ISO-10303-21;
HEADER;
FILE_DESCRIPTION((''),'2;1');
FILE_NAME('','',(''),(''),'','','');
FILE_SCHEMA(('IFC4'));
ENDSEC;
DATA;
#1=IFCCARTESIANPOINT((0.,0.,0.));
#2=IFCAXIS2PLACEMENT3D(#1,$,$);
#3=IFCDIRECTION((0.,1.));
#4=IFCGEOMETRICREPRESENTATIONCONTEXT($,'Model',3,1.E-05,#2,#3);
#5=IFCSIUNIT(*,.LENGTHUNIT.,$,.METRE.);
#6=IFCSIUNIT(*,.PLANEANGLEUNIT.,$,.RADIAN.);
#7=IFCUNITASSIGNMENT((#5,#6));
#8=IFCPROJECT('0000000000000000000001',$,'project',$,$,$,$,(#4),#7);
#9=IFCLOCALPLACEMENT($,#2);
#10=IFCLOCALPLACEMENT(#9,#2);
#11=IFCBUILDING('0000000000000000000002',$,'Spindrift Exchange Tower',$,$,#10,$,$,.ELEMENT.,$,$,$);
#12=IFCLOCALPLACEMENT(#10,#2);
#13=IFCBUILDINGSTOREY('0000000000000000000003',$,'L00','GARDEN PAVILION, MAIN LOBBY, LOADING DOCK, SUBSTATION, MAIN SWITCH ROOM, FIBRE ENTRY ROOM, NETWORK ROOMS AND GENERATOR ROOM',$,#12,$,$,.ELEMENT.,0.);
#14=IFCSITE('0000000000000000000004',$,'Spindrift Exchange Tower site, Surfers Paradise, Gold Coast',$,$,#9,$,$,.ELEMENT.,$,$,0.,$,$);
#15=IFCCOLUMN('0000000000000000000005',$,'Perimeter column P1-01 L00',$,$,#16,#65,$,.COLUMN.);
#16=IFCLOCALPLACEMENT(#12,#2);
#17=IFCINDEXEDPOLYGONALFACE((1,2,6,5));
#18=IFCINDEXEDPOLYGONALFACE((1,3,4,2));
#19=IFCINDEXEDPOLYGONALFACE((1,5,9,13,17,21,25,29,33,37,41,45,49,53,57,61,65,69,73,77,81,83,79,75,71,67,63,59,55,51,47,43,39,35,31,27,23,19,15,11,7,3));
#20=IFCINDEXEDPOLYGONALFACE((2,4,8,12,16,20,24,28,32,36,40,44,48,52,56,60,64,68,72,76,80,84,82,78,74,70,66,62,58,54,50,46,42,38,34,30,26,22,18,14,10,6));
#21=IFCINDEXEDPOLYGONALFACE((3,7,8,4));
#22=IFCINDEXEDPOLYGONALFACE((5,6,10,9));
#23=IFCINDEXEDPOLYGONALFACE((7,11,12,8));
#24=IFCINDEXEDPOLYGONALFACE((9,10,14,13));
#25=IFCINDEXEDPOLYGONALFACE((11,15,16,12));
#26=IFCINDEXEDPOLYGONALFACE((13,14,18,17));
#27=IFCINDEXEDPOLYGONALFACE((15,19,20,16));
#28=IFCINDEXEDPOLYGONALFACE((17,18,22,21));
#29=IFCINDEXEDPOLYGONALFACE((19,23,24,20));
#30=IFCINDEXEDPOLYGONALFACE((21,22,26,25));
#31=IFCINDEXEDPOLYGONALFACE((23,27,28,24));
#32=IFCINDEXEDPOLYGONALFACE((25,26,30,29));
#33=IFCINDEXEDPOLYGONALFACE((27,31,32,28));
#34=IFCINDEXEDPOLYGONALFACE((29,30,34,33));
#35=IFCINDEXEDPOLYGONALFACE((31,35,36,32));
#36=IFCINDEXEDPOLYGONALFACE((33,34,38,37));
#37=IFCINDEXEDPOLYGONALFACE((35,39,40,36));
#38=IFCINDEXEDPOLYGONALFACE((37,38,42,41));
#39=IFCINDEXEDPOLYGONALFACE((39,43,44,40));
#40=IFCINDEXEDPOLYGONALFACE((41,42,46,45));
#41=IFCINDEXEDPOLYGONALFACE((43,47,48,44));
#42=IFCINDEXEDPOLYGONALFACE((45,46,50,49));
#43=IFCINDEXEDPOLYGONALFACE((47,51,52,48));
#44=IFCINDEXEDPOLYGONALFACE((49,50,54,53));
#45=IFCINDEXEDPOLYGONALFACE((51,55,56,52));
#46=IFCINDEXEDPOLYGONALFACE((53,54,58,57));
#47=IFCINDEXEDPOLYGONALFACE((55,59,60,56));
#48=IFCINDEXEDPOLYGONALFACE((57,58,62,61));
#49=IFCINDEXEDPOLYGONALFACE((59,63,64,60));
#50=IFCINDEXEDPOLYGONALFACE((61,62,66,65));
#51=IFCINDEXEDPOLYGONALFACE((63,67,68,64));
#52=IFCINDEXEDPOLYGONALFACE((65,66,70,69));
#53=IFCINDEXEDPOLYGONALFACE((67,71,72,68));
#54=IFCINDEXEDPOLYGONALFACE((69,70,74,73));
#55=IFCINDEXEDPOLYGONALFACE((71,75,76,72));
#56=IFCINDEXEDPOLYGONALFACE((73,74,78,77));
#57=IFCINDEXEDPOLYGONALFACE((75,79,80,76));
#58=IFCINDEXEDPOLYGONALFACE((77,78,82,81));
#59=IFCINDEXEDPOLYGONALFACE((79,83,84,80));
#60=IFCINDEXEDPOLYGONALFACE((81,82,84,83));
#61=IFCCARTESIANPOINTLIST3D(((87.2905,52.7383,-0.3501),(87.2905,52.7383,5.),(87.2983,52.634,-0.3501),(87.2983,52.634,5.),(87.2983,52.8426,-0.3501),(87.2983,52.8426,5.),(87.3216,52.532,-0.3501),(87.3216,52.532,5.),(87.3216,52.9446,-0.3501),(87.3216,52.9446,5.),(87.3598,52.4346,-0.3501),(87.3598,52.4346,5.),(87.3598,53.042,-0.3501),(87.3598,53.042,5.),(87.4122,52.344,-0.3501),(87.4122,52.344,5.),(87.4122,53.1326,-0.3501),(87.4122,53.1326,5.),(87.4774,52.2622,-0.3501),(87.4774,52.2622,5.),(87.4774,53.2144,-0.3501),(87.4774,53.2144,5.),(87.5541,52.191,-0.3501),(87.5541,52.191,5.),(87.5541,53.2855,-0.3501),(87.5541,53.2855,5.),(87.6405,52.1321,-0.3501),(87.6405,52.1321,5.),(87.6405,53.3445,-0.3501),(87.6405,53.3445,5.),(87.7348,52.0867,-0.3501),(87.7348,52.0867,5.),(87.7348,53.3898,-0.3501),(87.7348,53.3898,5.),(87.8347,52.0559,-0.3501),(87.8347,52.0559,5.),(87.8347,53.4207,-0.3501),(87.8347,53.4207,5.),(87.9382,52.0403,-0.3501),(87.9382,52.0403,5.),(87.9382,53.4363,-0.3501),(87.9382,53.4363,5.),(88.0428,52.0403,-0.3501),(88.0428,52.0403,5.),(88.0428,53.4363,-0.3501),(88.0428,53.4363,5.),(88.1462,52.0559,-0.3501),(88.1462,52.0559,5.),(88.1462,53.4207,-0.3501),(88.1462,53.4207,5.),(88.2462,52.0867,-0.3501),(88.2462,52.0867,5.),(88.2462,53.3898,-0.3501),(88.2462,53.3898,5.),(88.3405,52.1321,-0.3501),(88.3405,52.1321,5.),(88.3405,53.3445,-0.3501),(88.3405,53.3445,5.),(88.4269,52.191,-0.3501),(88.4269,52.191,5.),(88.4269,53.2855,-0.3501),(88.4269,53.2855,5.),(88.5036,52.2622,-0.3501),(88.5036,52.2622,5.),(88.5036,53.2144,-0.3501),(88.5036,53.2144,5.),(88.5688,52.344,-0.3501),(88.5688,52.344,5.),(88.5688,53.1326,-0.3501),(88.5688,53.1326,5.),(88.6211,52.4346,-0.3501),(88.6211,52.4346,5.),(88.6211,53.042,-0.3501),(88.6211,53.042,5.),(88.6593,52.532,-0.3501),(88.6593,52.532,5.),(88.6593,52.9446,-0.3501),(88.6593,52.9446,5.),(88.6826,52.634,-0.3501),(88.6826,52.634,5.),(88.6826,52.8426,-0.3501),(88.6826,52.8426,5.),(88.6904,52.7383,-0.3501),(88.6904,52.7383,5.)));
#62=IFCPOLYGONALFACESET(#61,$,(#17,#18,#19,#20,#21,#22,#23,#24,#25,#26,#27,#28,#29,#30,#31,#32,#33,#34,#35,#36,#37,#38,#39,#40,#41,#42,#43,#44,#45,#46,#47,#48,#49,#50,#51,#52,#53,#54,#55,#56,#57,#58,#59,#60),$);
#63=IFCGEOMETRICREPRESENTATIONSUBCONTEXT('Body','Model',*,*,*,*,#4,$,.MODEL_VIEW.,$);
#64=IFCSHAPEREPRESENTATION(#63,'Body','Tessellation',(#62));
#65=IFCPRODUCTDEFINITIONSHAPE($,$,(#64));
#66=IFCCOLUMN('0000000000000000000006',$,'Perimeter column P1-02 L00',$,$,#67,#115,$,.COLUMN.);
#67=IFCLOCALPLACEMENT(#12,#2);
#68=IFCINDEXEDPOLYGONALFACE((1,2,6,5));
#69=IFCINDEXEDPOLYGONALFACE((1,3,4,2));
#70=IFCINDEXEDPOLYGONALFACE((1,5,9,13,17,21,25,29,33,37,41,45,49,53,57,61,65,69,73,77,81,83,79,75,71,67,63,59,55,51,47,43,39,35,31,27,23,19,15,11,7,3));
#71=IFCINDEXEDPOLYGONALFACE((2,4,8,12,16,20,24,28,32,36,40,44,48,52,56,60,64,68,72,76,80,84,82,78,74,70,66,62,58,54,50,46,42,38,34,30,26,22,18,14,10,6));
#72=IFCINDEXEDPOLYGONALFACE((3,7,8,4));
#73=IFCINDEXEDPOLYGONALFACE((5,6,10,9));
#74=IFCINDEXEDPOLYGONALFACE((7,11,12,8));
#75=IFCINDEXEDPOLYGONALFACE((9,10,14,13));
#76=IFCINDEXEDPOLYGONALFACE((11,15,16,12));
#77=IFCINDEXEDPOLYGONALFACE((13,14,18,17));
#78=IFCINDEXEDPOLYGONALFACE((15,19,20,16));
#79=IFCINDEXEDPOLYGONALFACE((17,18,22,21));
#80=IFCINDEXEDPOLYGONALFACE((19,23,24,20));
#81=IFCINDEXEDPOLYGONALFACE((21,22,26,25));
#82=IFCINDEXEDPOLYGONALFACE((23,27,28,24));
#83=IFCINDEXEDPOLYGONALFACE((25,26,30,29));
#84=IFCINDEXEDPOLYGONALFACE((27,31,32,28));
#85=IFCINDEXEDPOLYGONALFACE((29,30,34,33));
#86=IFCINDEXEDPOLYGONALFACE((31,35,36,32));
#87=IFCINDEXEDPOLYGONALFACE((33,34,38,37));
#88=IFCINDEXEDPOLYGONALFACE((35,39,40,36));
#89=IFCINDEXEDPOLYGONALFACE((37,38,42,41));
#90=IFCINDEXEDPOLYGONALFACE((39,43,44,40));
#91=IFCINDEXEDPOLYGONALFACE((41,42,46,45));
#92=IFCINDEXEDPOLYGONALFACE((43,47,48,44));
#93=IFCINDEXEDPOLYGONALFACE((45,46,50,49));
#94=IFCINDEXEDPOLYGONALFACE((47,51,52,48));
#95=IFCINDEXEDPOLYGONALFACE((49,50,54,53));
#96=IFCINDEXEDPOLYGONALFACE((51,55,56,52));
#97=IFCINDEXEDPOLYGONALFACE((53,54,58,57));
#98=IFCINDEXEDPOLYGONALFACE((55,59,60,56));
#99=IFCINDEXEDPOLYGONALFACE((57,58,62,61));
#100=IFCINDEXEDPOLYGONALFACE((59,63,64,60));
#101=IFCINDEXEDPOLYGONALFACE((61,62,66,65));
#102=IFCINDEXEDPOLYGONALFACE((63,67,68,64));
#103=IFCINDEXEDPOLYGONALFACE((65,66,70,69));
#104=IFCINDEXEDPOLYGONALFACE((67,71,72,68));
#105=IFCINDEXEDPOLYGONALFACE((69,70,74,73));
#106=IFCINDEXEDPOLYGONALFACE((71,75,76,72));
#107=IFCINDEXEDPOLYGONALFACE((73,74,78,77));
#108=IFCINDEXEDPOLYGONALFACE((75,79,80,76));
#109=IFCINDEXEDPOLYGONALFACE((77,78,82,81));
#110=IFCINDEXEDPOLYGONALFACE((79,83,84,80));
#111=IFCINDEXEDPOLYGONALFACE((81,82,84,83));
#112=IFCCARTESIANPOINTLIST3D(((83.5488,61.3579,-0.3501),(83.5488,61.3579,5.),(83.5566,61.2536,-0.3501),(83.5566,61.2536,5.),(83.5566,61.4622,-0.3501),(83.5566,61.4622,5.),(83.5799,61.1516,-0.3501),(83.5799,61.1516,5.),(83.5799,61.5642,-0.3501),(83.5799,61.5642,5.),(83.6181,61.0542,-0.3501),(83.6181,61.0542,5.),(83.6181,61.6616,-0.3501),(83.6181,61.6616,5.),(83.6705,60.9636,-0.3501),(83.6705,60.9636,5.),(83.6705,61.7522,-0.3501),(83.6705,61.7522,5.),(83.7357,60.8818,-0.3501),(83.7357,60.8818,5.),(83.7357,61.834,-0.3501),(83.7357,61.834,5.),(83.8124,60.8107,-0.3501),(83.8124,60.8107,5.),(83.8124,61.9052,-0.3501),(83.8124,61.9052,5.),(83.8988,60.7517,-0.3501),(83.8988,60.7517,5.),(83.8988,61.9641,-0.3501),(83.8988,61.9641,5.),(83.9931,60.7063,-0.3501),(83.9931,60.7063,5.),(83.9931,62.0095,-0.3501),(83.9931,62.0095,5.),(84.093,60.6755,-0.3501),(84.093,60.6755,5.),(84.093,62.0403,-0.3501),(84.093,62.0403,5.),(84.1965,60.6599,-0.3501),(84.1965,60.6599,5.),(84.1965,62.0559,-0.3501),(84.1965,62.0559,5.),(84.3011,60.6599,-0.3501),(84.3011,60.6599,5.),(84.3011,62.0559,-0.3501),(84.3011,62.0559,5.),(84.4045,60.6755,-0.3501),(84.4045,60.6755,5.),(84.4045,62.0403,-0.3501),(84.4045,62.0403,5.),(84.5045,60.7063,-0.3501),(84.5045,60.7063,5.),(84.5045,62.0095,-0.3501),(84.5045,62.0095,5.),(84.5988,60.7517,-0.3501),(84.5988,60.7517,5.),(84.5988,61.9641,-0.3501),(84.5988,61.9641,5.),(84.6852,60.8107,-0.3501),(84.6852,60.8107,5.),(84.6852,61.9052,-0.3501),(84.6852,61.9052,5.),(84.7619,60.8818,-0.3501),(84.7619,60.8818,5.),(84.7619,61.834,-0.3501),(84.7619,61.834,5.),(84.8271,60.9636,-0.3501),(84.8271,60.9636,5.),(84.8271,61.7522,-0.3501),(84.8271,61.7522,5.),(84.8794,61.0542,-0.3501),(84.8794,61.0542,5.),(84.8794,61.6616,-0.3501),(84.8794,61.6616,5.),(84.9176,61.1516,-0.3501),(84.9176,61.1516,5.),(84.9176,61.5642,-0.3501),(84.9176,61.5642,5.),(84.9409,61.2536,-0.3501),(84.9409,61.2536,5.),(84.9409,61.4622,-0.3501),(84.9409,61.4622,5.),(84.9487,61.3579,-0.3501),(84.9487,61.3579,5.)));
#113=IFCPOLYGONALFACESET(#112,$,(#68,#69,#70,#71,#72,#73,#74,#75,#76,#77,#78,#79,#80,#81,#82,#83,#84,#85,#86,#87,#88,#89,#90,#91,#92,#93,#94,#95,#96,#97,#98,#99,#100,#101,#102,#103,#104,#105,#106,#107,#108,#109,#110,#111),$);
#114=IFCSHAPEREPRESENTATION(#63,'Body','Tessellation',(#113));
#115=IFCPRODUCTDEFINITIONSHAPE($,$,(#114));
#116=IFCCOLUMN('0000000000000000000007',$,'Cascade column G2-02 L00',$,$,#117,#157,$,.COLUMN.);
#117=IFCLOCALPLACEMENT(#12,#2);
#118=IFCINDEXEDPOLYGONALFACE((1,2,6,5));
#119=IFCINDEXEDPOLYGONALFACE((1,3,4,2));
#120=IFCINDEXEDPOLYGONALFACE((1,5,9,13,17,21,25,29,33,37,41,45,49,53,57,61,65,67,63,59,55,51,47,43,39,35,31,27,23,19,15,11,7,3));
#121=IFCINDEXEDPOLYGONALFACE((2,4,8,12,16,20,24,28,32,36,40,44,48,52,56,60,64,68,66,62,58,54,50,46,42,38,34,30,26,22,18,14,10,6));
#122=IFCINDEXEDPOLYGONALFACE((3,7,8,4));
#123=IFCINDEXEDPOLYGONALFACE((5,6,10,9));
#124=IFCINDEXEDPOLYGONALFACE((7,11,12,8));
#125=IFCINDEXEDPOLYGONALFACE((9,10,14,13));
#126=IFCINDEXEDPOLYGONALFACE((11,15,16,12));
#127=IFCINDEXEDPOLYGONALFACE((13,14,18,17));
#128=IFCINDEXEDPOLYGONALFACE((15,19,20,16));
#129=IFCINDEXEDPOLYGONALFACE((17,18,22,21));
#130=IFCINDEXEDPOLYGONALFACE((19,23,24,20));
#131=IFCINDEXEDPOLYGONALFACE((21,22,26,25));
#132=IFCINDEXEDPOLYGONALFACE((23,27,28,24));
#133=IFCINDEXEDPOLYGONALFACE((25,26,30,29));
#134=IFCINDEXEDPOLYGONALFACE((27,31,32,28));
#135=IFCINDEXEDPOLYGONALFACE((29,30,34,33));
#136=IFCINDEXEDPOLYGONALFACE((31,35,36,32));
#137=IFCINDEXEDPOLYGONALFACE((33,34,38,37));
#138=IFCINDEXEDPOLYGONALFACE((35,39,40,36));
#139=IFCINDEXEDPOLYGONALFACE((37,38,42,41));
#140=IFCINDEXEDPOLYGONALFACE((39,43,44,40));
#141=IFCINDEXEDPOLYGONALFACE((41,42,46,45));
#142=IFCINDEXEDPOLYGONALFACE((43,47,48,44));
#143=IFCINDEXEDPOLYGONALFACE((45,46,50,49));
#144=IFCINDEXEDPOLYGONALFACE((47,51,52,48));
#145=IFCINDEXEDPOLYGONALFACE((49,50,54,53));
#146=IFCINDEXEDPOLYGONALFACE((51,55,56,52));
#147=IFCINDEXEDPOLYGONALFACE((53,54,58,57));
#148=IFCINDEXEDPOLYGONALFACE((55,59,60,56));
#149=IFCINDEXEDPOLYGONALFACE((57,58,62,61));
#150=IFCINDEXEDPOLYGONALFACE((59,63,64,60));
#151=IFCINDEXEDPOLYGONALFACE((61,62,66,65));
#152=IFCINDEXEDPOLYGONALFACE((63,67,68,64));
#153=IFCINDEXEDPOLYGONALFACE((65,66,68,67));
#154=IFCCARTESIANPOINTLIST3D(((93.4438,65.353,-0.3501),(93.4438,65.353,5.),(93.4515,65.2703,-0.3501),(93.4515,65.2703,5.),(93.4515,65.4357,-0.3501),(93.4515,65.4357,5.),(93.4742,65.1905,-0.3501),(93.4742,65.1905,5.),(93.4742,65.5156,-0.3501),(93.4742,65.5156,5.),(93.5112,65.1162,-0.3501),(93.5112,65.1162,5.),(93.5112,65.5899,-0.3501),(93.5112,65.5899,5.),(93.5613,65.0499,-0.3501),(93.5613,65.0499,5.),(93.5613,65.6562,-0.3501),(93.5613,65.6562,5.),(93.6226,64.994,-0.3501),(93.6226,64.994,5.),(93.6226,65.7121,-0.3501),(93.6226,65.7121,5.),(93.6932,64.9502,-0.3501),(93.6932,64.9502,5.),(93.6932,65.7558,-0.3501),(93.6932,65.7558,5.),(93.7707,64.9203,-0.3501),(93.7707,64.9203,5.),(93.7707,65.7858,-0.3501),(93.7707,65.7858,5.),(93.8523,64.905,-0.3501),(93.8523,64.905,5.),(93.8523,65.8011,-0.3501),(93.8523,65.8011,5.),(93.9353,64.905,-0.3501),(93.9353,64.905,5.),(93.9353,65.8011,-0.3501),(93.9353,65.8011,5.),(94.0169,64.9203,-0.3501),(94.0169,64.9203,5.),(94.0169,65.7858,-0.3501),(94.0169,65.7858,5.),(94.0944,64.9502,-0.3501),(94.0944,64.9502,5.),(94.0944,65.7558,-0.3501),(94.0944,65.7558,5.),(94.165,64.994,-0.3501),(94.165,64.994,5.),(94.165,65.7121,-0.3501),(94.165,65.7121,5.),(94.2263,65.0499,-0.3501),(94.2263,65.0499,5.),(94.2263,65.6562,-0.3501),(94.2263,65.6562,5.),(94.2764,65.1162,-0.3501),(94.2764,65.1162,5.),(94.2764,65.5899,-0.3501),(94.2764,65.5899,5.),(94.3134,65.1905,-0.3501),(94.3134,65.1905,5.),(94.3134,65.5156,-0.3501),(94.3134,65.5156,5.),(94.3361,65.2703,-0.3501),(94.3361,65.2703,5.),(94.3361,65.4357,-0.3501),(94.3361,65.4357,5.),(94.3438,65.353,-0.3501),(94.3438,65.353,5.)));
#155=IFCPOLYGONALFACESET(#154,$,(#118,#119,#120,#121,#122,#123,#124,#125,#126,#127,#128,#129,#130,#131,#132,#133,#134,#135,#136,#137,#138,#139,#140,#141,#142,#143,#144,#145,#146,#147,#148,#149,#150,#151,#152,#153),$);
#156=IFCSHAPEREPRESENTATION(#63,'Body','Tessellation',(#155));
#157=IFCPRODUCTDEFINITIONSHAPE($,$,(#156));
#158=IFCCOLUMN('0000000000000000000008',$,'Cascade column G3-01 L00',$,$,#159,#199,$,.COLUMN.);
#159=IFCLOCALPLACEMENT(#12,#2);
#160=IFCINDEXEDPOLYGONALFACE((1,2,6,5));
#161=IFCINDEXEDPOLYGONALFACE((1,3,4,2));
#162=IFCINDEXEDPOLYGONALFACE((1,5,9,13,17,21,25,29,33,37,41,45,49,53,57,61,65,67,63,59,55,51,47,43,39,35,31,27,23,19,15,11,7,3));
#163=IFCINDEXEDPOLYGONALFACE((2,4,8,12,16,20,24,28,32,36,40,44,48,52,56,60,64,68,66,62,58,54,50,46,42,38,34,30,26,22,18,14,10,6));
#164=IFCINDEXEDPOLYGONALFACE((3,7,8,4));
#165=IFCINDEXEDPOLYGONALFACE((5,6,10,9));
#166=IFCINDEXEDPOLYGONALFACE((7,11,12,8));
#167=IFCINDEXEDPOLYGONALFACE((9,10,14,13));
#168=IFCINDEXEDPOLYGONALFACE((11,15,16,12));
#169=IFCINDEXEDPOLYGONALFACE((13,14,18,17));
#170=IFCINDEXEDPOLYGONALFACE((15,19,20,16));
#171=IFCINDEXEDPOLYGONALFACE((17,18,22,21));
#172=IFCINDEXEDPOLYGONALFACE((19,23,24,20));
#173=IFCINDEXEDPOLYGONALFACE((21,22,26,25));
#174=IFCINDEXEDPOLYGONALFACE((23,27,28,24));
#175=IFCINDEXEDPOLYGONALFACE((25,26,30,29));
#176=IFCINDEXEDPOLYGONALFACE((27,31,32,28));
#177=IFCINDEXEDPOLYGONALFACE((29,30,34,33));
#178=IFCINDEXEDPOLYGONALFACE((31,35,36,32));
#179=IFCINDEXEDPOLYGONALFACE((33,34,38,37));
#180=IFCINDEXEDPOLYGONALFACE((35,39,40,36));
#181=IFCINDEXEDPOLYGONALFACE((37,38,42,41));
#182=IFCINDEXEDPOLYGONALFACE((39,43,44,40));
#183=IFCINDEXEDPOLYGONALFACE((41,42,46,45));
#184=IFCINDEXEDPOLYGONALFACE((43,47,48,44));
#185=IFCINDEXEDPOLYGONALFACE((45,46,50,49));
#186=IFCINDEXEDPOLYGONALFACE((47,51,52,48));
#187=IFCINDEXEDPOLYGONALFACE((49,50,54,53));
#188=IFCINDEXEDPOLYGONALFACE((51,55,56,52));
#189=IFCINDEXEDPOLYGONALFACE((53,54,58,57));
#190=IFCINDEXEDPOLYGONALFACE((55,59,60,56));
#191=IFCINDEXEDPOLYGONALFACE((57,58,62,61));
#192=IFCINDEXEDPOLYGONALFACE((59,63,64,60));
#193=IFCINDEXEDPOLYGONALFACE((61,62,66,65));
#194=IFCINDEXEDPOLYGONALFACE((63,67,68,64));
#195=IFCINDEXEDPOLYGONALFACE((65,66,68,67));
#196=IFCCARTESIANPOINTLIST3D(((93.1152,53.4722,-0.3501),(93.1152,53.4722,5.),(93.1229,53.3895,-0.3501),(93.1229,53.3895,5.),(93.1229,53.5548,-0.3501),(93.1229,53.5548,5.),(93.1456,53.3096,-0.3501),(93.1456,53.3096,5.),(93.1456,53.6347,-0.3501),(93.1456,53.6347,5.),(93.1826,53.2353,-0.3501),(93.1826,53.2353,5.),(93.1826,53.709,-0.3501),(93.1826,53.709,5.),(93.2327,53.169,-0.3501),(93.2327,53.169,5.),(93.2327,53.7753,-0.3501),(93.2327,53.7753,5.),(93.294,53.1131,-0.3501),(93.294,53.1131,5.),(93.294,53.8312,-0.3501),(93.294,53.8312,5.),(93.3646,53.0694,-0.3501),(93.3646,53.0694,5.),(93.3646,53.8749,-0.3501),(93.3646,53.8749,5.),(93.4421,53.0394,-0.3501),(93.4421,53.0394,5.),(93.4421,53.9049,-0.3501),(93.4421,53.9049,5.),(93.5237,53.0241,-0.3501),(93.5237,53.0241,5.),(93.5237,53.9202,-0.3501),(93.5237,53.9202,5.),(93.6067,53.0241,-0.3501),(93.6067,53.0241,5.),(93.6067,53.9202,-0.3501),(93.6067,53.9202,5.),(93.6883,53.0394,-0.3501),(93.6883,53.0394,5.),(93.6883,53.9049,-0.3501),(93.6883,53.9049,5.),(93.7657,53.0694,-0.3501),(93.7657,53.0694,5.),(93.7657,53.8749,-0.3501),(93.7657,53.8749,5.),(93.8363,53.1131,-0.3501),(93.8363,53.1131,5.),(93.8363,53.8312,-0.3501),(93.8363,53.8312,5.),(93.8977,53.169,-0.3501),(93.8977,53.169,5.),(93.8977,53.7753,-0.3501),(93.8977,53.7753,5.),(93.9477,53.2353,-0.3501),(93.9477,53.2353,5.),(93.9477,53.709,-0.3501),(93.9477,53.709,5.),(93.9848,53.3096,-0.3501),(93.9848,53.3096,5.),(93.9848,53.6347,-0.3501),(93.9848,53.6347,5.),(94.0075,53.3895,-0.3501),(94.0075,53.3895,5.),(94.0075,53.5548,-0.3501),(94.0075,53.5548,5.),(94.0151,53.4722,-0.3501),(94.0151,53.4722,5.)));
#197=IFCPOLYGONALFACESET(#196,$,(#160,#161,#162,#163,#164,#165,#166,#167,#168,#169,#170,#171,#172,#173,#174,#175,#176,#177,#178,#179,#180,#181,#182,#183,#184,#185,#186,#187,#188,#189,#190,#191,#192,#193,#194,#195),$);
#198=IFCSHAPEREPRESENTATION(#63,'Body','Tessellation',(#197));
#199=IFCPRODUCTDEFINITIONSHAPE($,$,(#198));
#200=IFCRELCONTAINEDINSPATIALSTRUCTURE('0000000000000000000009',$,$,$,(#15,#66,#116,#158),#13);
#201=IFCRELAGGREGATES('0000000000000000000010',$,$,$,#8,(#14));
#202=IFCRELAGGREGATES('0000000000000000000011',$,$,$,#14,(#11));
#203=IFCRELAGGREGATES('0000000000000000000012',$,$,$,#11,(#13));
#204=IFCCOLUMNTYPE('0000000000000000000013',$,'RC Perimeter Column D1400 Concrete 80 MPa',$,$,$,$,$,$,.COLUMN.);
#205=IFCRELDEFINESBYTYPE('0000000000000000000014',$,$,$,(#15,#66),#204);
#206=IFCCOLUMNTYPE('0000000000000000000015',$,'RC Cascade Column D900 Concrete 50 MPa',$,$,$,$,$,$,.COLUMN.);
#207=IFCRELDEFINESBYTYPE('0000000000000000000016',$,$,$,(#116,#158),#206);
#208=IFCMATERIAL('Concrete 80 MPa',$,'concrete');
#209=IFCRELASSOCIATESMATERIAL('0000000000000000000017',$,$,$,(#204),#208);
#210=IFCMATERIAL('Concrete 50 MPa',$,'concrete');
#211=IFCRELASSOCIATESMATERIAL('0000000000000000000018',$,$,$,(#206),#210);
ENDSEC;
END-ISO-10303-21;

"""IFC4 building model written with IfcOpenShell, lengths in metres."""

from ifc_helpers import new_model, si_unit, direction, frame, origin, origin_2d, place, context, subcontext, project, spatial, circle, extrude, source, transform, mapped, material, material_profile, profile_set, type_object, element, save


model = new_model("IFC4")

# Units and contexts
model_context = context("Model", 3, precision=1e-05, world=origin(), true_north=direction((0.0, 1.0)))
body_context = subcontext(model_context, "Body", "Model", "MODEL_VIEW")
ifc_project = project(units=[si_unit("LENGTHUNIT", "METRE"), si_unit("PLANEANGLEUNIT", "RADIAN")], contexts=[model_context])

# Site, building, storey
site_placement = place(None, origin())
site = spatial("IfcSite", under=ifc_project, at=site_placement, Name="Spindrift Exchange Tower site, Surfers Paradise, Gold Coast", CompositionType="ELEMENT", RefElevation=0.0)
building_placement = place(site_placement, origin())
building = spatial("IfcBuilding", under=site, at=building_placement, Name="Spindrift Exchange Tower", CompositionType="ELEMENT")
storey_placement = place(building_placement, origin())
storey = spatial("IfcBuildingStorey", under=building, at=storey_placement, Name="L00", Description="GARDEN PAVILION, MAIN LOBBY, LOADING DOCK, SUBSTATION, MAIN SWITCH ROOM, FIBRE ENTRY ROOM, NETWORK ROOMS AND GENERATOR ROOM", CompositionType="ELEMENT", Elevation=0.0)

# Shared definitions
ifc_material_1 = material(Name="Concrete 50 MPa", Category="concrete")

# Columns
ifc_material_2 = material(Name="Concrete 80 MPa", Category="concrete")
ifc_material_profile_1 = material_profile(ifc_material_2, circle(Radius=0.7, at=origin_2d()), Name="RC D1400")
ifc_profile_set_1 = profile_set([ifc_material_profile_1], Name="Concrete 80 MPa")
column_type_1 = type_object("IfcColumnType", Name="RC Perimeter Column D1400 Concrete 80 MPa", PredefinedType="COLUMN", material=ifc_profile_set_1)
shared_shape_1 = source(origin(), body_context, "Body", "SweptSolid", [
    extrude(circle(Radius=0.7, at=origin_2d()), origin(), (0.0, 0.0, 1.0), 5.3501),
])
for number, where, z_axis, x_axis, name in (
    (1, (87.9905, 52.7383, -0.3501), (0.0, 0.0, 1.0), (1.0, 0.0, 0.0), "Perimeter column P1-01 L00"),
    (2, (84.2488, 61.3579, -0.3501), (0.0, 0.0, 1.0), (1.0, 0.0, 0.0), "Perimeter column P1-02 L00"),
):
    element("IfcColumn", number, at=place(storey_placement, frame(where, z_axis=z_axis, x_axis=x_axis)), inside=storey, type_object=column_type_1, Name=name, PredefinedType="COLUMN", context=body_context, shape_type="MappedRepresentation", body=[
        mapped(shared_shape_1, transform((0.0, 0.0, 0.0), scale=1.0)),
    ])
ifc_material_profile_2 = material_profile(ifc_material_1, circle(Radius=0.45, at=origin_2d()), Name="RC D900")
ifc_profile_set_2 = profile_set([ifc_material_profile_2], Name="Concrete 50 MPa")
column_type_2 = type_object("IfcColumnType", Name="RC Cascade Column D900 Concrete 50 MPa", PredefinedType="COLUMN", material=ifc_profile_set_2)
shared_shape_2 = source(origin(), body_context, "Body", "SweptSolid", [
    extrude(circle(Radius=0.45, at=origin_2d()), origin(), (0.0, 0.0, 1.0), 5.3501),
])
for number, where, z_axis, x_axis, name in (
    (3, (93.8938, 65.353, -0.3501), (0.0, 0.0, 1.0), (1.0, 0.0, 0.0), "Cascade column G2-02 L00"),
    (4, (93.5652, 53.4722, -0.3501), (0.0, 0.0, 1.0), (1.0, 0.0, 0.0), "Cascade column G3-01 L00"),
):
    element("IfcColumn", number, at=place(storey_placement, frame(where, z_axis=z_axis, x_axis=x_axis)), inside=storey, type_object=column_type_2, Name=name, PredefinedType="COLUMN", context=body_context, shape_type="MappedRepresentation", body=[
        mapped(shared_shape_2, transform((0.0, 0.0, 0.0), scale=1.0)),
    ])

save(model, "model.ifc")
